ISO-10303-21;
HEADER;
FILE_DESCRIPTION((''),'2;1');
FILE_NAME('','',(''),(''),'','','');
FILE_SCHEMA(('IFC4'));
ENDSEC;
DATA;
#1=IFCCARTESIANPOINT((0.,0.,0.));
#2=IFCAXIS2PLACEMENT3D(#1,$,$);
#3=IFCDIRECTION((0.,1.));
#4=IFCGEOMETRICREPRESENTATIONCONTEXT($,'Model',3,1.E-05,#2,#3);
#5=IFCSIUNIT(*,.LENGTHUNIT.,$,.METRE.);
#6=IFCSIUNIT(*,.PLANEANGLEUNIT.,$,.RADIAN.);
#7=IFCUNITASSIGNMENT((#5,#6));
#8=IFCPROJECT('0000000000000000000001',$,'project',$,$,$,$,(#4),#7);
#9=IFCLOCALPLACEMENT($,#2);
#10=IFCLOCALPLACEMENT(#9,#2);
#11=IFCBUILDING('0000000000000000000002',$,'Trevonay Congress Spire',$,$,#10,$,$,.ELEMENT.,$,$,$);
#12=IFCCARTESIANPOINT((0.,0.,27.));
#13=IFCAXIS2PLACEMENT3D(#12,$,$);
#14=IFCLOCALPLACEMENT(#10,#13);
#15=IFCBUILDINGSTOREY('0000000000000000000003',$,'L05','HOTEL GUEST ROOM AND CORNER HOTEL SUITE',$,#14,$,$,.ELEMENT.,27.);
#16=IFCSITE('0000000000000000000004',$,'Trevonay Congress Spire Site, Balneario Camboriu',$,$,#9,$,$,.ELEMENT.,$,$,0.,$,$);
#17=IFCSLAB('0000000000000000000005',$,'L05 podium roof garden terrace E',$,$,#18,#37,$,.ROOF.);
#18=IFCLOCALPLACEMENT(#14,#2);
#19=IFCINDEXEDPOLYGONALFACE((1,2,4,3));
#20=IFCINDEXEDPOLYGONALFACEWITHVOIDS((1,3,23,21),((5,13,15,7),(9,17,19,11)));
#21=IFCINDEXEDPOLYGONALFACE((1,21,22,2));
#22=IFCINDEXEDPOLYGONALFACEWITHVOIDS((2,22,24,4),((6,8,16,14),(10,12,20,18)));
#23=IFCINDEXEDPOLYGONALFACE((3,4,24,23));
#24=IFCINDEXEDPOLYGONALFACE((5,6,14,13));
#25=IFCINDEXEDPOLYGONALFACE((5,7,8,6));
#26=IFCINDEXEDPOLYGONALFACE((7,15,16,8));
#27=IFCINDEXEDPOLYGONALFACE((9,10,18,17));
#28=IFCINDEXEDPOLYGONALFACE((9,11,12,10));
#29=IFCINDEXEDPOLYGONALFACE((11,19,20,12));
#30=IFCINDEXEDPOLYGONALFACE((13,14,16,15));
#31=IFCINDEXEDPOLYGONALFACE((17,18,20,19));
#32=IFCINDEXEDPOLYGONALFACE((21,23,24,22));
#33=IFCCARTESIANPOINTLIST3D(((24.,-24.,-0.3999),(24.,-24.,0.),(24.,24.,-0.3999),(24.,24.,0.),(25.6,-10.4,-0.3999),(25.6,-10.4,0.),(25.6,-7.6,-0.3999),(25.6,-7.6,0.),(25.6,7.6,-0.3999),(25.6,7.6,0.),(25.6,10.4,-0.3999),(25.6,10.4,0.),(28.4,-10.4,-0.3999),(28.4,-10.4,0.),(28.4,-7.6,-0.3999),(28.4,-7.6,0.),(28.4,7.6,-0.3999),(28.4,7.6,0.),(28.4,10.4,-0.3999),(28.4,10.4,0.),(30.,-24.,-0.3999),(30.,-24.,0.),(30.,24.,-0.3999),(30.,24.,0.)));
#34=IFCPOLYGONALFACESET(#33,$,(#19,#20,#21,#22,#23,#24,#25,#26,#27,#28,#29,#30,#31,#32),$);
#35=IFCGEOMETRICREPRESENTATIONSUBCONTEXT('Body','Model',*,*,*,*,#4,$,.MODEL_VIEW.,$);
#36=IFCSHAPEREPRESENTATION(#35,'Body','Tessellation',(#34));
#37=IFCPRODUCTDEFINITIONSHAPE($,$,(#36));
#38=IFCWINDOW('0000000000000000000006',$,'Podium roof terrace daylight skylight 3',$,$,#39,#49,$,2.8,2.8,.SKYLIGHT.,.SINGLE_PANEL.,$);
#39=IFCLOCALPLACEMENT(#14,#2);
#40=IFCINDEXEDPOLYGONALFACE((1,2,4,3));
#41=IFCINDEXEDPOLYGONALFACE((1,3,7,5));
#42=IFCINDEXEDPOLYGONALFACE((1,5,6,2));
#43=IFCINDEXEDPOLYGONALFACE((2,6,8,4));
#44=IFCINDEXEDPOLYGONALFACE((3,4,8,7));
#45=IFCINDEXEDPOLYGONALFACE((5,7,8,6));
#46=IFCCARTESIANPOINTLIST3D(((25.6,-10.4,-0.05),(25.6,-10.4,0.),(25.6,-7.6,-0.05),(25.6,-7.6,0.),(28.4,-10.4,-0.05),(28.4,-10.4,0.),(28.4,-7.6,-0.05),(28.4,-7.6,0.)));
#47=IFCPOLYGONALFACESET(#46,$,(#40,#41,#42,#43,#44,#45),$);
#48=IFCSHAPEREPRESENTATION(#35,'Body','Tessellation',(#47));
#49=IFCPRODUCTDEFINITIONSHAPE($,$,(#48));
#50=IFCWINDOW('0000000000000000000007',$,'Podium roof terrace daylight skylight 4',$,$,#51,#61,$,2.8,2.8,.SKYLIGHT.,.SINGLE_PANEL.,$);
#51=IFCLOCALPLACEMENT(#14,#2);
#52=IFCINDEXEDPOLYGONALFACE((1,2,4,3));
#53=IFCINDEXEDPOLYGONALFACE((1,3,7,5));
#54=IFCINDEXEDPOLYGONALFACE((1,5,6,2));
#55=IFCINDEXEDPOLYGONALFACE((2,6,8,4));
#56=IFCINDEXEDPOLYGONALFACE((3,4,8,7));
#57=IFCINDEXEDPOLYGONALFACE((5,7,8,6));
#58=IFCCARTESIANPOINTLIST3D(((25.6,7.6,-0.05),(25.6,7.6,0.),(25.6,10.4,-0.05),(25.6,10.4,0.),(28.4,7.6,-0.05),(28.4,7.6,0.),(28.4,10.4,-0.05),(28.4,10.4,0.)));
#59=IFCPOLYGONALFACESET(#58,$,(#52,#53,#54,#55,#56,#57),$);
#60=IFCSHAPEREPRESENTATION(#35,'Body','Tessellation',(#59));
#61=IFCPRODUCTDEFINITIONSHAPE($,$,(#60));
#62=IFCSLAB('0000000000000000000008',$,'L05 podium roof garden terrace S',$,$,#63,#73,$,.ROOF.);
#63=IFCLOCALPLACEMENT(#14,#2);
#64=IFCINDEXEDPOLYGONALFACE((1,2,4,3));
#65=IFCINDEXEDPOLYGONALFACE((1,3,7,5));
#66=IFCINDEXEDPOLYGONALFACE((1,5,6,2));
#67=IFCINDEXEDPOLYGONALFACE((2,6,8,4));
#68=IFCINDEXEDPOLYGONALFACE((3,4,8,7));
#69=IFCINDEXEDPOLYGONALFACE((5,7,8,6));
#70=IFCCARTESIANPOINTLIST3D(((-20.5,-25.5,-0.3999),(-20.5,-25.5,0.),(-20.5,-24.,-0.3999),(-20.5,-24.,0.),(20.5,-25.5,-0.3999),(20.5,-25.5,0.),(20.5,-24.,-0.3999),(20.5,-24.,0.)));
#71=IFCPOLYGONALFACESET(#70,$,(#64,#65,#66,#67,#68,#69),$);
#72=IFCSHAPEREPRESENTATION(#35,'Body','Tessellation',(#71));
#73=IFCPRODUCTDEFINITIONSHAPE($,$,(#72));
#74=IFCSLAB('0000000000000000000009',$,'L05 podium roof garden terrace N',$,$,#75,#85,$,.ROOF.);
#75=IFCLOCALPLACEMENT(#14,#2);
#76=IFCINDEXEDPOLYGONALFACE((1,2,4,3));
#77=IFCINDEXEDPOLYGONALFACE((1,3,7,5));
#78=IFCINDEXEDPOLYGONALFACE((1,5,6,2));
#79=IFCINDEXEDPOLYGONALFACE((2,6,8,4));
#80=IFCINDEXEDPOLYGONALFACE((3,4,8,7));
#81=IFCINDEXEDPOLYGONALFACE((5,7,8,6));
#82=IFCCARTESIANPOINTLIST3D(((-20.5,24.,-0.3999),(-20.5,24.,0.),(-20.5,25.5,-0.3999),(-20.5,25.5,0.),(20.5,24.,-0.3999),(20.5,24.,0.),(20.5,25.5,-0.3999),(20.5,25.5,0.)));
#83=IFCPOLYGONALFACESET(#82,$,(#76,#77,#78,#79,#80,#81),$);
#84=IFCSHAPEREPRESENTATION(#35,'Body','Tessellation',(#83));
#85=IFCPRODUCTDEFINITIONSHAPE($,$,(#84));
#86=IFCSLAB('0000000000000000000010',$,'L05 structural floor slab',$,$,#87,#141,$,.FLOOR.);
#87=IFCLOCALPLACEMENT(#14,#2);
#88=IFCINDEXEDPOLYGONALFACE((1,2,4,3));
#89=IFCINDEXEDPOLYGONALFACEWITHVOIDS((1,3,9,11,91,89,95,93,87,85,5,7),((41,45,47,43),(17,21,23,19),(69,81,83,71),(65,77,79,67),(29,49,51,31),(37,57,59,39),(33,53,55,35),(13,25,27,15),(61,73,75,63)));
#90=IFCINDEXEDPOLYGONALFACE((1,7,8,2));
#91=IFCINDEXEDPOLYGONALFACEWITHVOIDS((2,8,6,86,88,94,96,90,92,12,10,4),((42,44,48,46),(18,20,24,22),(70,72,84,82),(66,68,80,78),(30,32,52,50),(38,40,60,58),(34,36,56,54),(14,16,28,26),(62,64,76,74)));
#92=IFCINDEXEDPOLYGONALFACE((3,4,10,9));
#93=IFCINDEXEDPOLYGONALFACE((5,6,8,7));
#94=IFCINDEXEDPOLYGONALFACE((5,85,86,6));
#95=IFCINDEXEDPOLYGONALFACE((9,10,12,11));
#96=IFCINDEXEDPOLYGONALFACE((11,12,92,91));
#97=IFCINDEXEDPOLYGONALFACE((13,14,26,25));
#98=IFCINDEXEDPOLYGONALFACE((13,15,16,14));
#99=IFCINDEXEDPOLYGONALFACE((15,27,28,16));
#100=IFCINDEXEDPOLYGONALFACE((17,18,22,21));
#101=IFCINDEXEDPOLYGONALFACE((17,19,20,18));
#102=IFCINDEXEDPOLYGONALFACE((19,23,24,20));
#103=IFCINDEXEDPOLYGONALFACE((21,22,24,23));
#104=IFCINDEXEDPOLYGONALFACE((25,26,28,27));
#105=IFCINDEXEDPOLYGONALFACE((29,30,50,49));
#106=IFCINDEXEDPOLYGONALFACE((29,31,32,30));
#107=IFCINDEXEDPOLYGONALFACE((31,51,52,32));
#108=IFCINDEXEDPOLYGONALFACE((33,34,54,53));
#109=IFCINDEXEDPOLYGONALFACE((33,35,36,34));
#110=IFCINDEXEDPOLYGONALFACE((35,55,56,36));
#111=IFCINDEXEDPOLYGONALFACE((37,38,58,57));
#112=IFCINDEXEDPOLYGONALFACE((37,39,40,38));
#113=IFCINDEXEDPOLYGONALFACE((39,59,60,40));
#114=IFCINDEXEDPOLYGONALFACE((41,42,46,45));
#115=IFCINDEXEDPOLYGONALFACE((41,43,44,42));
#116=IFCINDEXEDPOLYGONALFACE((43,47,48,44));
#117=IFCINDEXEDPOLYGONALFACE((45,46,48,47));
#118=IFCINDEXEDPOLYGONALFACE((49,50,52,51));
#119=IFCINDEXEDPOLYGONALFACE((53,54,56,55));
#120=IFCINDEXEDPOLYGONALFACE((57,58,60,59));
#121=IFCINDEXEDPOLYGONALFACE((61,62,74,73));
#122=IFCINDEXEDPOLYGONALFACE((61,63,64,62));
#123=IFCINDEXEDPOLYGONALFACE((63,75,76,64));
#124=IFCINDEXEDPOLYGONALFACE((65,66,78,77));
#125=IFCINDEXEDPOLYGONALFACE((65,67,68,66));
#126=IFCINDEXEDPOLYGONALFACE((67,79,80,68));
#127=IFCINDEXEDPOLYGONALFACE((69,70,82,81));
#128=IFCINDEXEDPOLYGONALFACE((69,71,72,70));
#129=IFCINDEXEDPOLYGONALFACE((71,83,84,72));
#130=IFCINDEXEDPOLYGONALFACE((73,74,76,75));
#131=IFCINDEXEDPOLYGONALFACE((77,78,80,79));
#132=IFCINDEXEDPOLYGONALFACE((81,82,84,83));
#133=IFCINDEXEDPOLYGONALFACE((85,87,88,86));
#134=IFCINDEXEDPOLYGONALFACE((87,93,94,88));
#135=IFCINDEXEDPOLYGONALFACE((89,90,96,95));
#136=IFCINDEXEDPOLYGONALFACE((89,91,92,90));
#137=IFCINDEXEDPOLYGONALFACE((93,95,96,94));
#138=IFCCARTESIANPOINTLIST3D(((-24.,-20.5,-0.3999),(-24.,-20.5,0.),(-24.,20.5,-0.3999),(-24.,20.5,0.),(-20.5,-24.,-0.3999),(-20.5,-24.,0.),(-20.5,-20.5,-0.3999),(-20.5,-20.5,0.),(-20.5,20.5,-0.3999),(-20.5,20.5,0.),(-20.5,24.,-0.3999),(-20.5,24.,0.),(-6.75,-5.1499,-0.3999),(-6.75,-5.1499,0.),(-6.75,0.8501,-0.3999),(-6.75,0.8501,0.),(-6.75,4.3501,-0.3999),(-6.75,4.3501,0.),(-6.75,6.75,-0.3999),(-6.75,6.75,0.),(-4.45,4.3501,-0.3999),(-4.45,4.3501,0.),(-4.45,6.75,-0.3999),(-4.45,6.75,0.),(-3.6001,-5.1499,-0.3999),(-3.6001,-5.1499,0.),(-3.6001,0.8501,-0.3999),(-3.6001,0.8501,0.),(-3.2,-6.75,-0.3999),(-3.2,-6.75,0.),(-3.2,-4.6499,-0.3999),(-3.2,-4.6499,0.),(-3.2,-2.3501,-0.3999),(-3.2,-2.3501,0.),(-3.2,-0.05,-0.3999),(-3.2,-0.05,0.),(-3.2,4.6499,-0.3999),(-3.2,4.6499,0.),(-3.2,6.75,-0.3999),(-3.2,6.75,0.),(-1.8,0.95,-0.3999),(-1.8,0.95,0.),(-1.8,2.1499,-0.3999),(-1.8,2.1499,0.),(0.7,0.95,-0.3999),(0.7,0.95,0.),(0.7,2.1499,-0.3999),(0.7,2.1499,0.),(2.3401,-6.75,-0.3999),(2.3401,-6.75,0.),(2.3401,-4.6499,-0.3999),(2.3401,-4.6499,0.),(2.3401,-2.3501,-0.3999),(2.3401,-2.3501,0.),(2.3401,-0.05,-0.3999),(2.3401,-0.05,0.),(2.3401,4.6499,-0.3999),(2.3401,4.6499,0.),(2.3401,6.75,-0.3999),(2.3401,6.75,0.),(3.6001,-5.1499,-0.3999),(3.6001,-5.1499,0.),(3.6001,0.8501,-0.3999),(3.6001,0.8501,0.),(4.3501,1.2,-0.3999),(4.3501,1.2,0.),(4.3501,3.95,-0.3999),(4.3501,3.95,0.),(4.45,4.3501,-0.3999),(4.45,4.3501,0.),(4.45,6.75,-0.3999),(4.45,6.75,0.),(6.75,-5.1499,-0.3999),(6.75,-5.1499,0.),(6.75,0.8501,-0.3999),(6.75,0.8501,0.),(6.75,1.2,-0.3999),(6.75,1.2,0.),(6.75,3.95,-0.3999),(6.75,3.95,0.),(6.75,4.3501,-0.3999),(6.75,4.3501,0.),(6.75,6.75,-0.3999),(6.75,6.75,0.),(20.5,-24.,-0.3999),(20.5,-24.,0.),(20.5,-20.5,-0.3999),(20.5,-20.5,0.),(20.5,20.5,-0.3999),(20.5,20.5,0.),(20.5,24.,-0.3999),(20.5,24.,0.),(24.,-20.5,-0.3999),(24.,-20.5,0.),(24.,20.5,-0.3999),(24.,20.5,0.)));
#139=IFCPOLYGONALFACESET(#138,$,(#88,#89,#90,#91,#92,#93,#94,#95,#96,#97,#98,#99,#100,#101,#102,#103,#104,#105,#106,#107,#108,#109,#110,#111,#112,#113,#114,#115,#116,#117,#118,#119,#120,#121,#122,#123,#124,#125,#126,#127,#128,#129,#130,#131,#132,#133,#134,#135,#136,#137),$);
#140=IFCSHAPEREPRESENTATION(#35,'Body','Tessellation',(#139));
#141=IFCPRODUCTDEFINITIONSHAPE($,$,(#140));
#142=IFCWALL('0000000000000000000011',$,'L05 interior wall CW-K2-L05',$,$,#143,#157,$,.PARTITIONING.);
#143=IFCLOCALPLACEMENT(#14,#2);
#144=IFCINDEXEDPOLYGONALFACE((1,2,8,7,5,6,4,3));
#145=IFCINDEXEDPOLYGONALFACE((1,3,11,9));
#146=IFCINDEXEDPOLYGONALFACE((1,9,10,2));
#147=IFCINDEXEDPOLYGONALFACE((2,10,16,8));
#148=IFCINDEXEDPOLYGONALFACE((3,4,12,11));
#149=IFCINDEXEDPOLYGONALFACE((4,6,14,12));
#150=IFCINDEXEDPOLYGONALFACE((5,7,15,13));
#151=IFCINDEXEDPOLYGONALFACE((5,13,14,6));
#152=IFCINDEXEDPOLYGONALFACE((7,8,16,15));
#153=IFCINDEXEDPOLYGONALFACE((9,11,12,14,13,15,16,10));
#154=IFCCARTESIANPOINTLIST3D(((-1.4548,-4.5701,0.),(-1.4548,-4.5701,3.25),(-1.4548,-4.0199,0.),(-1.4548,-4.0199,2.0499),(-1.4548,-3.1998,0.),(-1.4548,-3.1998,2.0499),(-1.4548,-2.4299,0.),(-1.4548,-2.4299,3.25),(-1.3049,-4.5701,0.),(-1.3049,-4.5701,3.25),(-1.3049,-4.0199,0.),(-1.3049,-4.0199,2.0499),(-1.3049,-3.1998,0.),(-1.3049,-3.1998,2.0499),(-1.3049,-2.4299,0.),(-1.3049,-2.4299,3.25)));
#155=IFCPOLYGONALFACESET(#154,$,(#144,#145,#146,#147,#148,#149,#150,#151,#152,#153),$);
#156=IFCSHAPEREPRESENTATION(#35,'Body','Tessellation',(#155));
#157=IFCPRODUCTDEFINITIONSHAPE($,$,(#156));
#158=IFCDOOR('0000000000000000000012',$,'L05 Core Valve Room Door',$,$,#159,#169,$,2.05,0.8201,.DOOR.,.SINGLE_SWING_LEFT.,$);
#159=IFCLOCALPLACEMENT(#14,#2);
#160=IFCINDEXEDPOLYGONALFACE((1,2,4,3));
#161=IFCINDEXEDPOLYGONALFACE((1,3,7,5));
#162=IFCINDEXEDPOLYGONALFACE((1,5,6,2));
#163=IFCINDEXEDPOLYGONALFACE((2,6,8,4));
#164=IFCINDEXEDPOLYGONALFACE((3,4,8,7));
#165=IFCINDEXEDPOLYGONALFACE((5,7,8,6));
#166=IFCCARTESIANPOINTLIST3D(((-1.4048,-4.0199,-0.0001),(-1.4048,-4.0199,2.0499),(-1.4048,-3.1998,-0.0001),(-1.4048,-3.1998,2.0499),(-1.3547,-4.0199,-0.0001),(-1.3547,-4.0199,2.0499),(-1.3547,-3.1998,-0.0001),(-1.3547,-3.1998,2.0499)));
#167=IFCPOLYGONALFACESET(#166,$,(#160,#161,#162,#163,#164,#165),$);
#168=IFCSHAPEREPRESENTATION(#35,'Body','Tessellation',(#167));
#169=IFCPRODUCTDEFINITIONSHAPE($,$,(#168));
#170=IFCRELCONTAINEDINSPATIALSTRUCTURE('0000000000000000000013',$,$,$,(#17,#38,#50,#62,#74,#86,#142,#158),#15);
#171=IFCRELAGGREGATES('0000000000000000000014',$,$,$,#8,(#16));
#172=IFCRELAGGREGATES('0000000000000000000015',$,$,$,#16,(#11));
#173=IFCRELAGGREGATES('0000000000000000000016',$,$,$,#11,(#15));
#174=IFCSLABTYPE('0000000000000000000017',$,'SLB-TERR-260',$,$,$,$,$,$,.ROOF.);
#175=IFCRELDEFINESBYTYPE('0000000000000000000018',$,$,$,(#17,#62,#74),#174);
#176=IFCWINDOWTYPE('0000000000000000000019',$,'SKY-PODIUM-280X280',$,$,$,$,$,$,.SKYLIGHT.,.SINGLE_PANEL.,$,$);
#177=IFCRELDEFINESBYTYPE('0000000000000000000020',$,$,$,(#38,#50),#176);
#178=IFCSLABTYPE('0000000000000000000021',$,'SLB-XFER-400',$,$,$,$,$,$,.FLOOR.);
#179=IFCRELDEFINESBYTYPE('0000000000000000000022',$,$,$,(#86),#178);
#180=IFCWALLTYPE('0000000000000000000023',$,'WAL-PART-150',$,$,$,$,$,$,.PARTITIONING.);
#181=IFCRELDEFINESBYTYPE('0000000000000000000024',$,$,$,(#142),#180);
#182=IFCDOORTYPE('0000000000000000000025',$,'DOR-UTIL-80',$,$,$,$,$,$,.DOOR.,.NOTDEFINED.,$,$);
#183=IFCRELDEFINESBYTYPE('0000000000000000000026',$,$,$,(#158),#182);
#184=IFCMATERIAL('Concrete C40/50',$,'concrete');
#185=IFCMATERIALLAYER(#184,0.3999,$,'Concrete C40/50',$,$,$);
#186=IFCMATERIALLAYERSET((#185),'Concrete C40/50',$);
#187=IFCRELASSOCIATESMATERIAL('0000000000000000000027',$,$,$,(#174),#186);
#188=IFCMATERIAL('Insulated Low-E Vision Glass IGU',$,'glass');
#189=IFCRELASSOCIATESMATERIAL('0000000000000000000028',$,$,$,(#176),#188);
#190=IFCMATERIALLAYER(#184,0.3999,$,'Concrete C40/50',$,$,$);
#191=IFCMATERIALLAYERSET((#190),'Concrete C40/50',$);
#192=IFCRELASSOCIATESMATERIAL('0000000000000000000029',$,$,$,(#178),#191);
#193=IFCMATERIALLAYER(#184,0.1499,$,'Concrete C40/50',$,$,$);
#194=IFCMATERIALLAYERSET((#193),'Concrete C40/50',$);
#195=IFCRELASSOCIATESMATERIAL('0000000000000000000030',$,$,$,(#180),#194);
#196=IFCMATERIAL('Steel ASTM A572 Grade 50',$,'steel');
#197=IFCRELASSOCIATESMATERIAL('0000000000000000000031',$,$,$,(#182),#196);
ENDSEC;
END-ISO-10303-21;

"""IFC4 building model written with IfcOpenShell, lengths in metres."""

from ifc_helpers import new_model, si_unit, direction, frame, frame_2d, origin, origin_2d, place, context, subcontext, project, spatial, polyline, rectangle, outline, extrude, material, layer, layer_set, type_object, element, fill, save


model = new_model("IFC4")

# Units and contexts
model_context = context("Model", 3, precision=1e-05, world=origin(), true_north=direction((0.0, 1.0)))
body_context = subcontext(model_context, "Body", "Model", "MODEL_VIEW")
ifc_project = project(units=[si_unit("LENGTHUNIT", "METRE"), si_unit("PLANEANGLEUNIT", "RADIAN")], contexts=[model_context])

# Site, building, storey
site_placement = place(None, origin())
site = spatial("IfcSite", under=ifc_project, at=site_placement, Name="Trevonay Congress Spire Site, Balneario Camboriu", CompositionType="ELEMENT", RefElevation=0.0)
building_placement = place(site_placement, origin())
building = spatial("IfcBuilding", under=site, at=building_placement, Name="Trevonay Congress Spire", CompositionType="ELEMENT")
storey_placement = place(building_placement, frame((0.0, 0.0, 27.0)))
storey = spatial("IfcBuildingStorey", under=building, at=storey_placement, Name="L05", Description="HOTEL GUEST ROOM AND CORNER HOTEL SUITE", CompositionType="ELEMENT", Elevation=27.0)

# Shared definitions
ifc_material_1 = material(Name="Steel ASTM A572 Grade 50", Category="steel")

# Slab, openings, windows
ifc_material_2 = material(Name="Concrete C40/50", Category="concrete")
ifc_layer_1 = layer(ifc_material_2, 0.3999, Name="Concrete C40/50")
ifc_layer_set_1 = layer_set([ifc_layer_1], Name="Concrete C40/50")
slab_type_1 = type_object("IfcSlabType", Name="SLB-TERR-260", PredefinedType="ROOF", material=ifc_layer_set_1)
ifc_material_3 = material(Name="Insulated Low-E Vision Glass IGU", Category="glass")
window_type = type_object("IfcWindowType", Name="SKY-PODIUM-280X280", PartitioningType="SINGLE_PANEL", PredefinedType="SKYLIGHT", material=ifc_material_3)
slab_1_placement = place(storey_placement, frame((0.0, 0.0, -0.3999)))
slab_1 = element("IfcSlab", 1, at=slab_1_placement, inside=storey, type_object=slab_type_1, Name="L05 podium roof garden terrace E", PredefinedType="ROOF", context=body_context, shape_type="SweptSolid", body=[
    extrude(outline(polyline([(24.0, -24.0), (30.0, -24.0), (30.0, 24.0), (24.0, 24.0), (24.0, -24.0)])), origin(), (0.0, 0.0, 1.0), 0.3999),
])
opening_1_placement = place(slab_1_placement, frame((27.0, -9.0, -0.01)))
opening_1 = element("IfcOpeningElement", 2, at=opening_1_placement, cuts=slab_1, PredefinedType="OPENING", context=body_context, shape_type="SweptSolid", body=[
    extrude(rectangle(XDim=2.8, YDim=2.8, at=origin_2d()), origin(), (0.0, 0.0, 1.0), 0.4199),
])
opening_2_placement = place(slab_1_placement, frame((27.0, 9.0, -0.01)))
opening_2 = element("IfcOpeningElement", 3, at=opening_2_placement, cuts=slab_1, PredefinedType="OPENING", context=body_context, shape_type="SweptSolid", body=[
    extrude(rectangle(XDim=2.8, YDim=2.8, at=origin_2d()), origin(), (0.0, 0.0, 1.0), 0.4199),
])
window_1_placement = place(opening_1_placement, frame((0.0, 0.0, 0.3599)))
window_1 = element("IfcWindow", 4, at=window_1_placement, inside=storey, type_object=window_type, Name="Podium roof terrace daylight skylight 3", OverallHeight=2.8, OverallWidth=2.8, PartitioningType="SINGLE_PANEL", PredefinedType="SKYLIGHT", context=body_context, shape_type="SweptSolid", body=[
    extrude(rectangle(XDim=2.8, YDim=2.8, at=origin_2d()), origin(), (0.0, 0.0, 1.0), 0.05),
])
fill(opening_1, window_1)
window_2_placement = place(opening_2_placement, frame((0.0, 0.0, 0.3599)))
window_2 = element("IfcWindow", 5, at=window_2_placement, inside=storey, type_object=window_type, Name="Podium roof terrace daylight skylight 4", OverallHeight=2.8, OverallWidth=2.8, PartitioningType="SINGLE_PANEL", PredefinedType="SKYLIGHT", context=body_context, shape_type="SweptSolid", body=[
    extrude(rectangle(XDim=2.8, YDim=2.8, at=origin_2d()), origin(), (0.0, 0.0, 1.0), 0.05),
])
fill(opening_2, window_2)

# Slabs
slab_2_placement = place(storey_placement, frame((0.0, 0.0, -0.3999)))
element("IfcSlab", 6, at=slab_2_placement, inside=storey, type_object=slab_type_1, Name="L05 podium roof garden terrace S", PredefinedType="ROOF", context=body_context, shape_type="SweptSolid", body=[
    extrude(outline(polyline([(-20.5, -25.5), (20.5, -25.5), (20.5, -24.0), (-20.5, -24.0), (-20.5, -25.5)])), origin(), (0.0, 0.0, 1.0), 0.3999),
])
slab_3_placement = place(storey_placement, frame((0.0, 0.0, -0.3999)))
element("IfcSlab", 7, at=slab_3_placement, inside=storey, type_object=slab_type_1, Name="L05 podium roof garden terrace N", PredefinedType="ROOF", context=body_context, shape_type="SweptSolid", body=[
    extrude(outline(polyline([(-20.5, 24.0), (20.5, 24.0), (20.5, 25.5), (-20.5, 25.5), (-20.5, 24.0)])), origin(), (0.0, 0.0, 1.0), 0.3999),
])
ifc_layer_2 = layer(ifc_material_2, 0.3999, Name="Concrete C40/50")
ifc_layer_set_2 = layer_set([ifc_layer_2], Name="Concrete C40/50")
slab_type_2 = type_object("IfcSlabType", Name="SLB-XFER-400", PredefinedType="FLOOR", material=ifc_layer_set_2)
slab_4_placement = place(storey_placement, frame((0.0, 0.0, -0.3999)))
element("IfcSlab", 8, at=slab_4_placement, inside=storey, type_object=slab_type_2, Name="L05 structural floor slab", PredefinedType="FLOOR", context=body_context, shape_type="SweptSolid", body=[
    extrude(outline(polyline([(-20.5, -24.0), (20.5, -24.0), (20.5, -20.5), (24.0, -20.5), (24.0, 20.5), (20.5, 20.5), (20.5, 24.0), (-20.5, 24.0), (-20.5, 20.5), (-24.0, 20.5), (-24.0, -20.5), (-20.5, -20.5), (-20.5, -24.0)]), holes=[polyline([(-3.6001, -5.1499), (-3.6001, 0.8501), (-6.75, 0.8501), (-6.75, -5.1499), (-3.6001, -5.1499)]), polyline([(6.75, -5.1499), (6.75, 0.8501), (3.6001, 0.8501), (3.6001, -5.1499), (6.75, -5.1499)]), polyline([(-3.2, -6.75), (2.3401, -6.75), (2.3401, -4.6499), (-3.2, -4.6499), (-3.2, -6.75)]), polyline([(-3.2, -2.3501), (2.3401, -2.3501), (2.3401, -0.05), (-3.2, -0.05), (-3.2, -2.3501)]), polyline([(-3.2, 4.6499), (2.3401, 4.6499), (2.3401, 6.75), (-3.2, 6.75), (-3.2, 4.6499)]), polyline([(-6.75, 4.3501), (-4.45, 4.3501), (-4.45, 6.75), (-6.75, 6.75), (-6.75, 4.3501)]), polyline([(4.45, 4.3501), (6.75, 4.3501), (6.75, 6.75), (4.45, 6.75), (4.45, 4.3501)]), polyline([(4.3501, 1.2), (6.75, 1.2), (6.75, 3.95), (4.3501, 3.95), (4.3501, 1.2)]), polyline([(-1.8, 0.95), (0.7, 0.95), (0.7, 2.1499), (-1.8, 2.1499), (-1.8, 0.95)])]), origin(), (0.0, 0.0, 1.0), 0.3999),
])

# Wall, opening, door
ifc_layer_3 = layer(ifc_material_2, 0.1499, Name="Concrete C40/50")
ifc_layer_set_3 = layer_set([ifc_layer_3], Name="Concrete C40/50")
wall_type_1 = type_object("IfcWallType", Name="WAL-PART-150", PredefinedType="PARTITIONING", material=ifc_layer_set_3)
wall_1_placement = place(storey_placement, frame((-1.3799, -4.5701, 0.0), z_axis=(0.0, 0.0, 1.0), x_axis=(0.0, 1.0, 0.0)))
wall_1 = element("IfcWall", 9, at=wall_1_placement, inside=storey, type_object=wall_type_1, Name="L05 interior wall CW-K2-L05", PredefinedType="PARTITIONING", context=body_context, shape_type="SweptSolid", body=[
    extrude(rectangle(XDim=2.1401, YDim=0.1499, at=frame_2d((1.0701, 0.0))), origin(), (0.0, 0.0, 1.0), 3.25),
])
opening_3_placement = place(wall_1_placement, frame((0.55, 0.0, 0.0)))
opening_3 = element("IfcOpeningElement", 10, at=opening_3_placement, cuts=wall_1, PredefinedType="OPENING", context=body_context, shape_type="SweptSolid", body=[
    extrude(rectangle(XDim=0.8201, YDim=2.05, at=frame_2d((0.4102, 1.0249))), frame((0.0, 0.085, 0.0), z_axis=(0.0, -1.0, 0.0), x_axis=(1.0, 0.0, 0.0)), (0.0, 0.0, 1.0), 0.1699),
])
door_type = type_object("IfcDoorType", Name="DOR-UTIL-80", OperationType="NOTDEFINED", PredefinedType="DOOR", material=ifc_material_1)
door_placement = place(opening_3_placement, origin())
door = element("IfcDoor", 11, at=door_placement, inside=storey, type_object=door_type, Name="L05 Core Valve Room Door", OperationType="SINGLE_SWING_LEFT", OverallHeight=2.05, OverallWidth=0.8201, PredefinedType="DOOR", context=body_context, shape_type="SweptSolid", body=[
    extrude(rectangle(XDim=0.8201, YDim=2.05, at=frame_2d((0.4102, 1.0249))), frame((0.0, 0.0249, 0.0), z_axis=(0.0, -1.0, 0.0), x_axis=(1.0, 0.0, 0.0)), (0.0, 0.0, 1.0), 0.05),
])
fill(opening_3, door)

save(model, "model.ifc")
